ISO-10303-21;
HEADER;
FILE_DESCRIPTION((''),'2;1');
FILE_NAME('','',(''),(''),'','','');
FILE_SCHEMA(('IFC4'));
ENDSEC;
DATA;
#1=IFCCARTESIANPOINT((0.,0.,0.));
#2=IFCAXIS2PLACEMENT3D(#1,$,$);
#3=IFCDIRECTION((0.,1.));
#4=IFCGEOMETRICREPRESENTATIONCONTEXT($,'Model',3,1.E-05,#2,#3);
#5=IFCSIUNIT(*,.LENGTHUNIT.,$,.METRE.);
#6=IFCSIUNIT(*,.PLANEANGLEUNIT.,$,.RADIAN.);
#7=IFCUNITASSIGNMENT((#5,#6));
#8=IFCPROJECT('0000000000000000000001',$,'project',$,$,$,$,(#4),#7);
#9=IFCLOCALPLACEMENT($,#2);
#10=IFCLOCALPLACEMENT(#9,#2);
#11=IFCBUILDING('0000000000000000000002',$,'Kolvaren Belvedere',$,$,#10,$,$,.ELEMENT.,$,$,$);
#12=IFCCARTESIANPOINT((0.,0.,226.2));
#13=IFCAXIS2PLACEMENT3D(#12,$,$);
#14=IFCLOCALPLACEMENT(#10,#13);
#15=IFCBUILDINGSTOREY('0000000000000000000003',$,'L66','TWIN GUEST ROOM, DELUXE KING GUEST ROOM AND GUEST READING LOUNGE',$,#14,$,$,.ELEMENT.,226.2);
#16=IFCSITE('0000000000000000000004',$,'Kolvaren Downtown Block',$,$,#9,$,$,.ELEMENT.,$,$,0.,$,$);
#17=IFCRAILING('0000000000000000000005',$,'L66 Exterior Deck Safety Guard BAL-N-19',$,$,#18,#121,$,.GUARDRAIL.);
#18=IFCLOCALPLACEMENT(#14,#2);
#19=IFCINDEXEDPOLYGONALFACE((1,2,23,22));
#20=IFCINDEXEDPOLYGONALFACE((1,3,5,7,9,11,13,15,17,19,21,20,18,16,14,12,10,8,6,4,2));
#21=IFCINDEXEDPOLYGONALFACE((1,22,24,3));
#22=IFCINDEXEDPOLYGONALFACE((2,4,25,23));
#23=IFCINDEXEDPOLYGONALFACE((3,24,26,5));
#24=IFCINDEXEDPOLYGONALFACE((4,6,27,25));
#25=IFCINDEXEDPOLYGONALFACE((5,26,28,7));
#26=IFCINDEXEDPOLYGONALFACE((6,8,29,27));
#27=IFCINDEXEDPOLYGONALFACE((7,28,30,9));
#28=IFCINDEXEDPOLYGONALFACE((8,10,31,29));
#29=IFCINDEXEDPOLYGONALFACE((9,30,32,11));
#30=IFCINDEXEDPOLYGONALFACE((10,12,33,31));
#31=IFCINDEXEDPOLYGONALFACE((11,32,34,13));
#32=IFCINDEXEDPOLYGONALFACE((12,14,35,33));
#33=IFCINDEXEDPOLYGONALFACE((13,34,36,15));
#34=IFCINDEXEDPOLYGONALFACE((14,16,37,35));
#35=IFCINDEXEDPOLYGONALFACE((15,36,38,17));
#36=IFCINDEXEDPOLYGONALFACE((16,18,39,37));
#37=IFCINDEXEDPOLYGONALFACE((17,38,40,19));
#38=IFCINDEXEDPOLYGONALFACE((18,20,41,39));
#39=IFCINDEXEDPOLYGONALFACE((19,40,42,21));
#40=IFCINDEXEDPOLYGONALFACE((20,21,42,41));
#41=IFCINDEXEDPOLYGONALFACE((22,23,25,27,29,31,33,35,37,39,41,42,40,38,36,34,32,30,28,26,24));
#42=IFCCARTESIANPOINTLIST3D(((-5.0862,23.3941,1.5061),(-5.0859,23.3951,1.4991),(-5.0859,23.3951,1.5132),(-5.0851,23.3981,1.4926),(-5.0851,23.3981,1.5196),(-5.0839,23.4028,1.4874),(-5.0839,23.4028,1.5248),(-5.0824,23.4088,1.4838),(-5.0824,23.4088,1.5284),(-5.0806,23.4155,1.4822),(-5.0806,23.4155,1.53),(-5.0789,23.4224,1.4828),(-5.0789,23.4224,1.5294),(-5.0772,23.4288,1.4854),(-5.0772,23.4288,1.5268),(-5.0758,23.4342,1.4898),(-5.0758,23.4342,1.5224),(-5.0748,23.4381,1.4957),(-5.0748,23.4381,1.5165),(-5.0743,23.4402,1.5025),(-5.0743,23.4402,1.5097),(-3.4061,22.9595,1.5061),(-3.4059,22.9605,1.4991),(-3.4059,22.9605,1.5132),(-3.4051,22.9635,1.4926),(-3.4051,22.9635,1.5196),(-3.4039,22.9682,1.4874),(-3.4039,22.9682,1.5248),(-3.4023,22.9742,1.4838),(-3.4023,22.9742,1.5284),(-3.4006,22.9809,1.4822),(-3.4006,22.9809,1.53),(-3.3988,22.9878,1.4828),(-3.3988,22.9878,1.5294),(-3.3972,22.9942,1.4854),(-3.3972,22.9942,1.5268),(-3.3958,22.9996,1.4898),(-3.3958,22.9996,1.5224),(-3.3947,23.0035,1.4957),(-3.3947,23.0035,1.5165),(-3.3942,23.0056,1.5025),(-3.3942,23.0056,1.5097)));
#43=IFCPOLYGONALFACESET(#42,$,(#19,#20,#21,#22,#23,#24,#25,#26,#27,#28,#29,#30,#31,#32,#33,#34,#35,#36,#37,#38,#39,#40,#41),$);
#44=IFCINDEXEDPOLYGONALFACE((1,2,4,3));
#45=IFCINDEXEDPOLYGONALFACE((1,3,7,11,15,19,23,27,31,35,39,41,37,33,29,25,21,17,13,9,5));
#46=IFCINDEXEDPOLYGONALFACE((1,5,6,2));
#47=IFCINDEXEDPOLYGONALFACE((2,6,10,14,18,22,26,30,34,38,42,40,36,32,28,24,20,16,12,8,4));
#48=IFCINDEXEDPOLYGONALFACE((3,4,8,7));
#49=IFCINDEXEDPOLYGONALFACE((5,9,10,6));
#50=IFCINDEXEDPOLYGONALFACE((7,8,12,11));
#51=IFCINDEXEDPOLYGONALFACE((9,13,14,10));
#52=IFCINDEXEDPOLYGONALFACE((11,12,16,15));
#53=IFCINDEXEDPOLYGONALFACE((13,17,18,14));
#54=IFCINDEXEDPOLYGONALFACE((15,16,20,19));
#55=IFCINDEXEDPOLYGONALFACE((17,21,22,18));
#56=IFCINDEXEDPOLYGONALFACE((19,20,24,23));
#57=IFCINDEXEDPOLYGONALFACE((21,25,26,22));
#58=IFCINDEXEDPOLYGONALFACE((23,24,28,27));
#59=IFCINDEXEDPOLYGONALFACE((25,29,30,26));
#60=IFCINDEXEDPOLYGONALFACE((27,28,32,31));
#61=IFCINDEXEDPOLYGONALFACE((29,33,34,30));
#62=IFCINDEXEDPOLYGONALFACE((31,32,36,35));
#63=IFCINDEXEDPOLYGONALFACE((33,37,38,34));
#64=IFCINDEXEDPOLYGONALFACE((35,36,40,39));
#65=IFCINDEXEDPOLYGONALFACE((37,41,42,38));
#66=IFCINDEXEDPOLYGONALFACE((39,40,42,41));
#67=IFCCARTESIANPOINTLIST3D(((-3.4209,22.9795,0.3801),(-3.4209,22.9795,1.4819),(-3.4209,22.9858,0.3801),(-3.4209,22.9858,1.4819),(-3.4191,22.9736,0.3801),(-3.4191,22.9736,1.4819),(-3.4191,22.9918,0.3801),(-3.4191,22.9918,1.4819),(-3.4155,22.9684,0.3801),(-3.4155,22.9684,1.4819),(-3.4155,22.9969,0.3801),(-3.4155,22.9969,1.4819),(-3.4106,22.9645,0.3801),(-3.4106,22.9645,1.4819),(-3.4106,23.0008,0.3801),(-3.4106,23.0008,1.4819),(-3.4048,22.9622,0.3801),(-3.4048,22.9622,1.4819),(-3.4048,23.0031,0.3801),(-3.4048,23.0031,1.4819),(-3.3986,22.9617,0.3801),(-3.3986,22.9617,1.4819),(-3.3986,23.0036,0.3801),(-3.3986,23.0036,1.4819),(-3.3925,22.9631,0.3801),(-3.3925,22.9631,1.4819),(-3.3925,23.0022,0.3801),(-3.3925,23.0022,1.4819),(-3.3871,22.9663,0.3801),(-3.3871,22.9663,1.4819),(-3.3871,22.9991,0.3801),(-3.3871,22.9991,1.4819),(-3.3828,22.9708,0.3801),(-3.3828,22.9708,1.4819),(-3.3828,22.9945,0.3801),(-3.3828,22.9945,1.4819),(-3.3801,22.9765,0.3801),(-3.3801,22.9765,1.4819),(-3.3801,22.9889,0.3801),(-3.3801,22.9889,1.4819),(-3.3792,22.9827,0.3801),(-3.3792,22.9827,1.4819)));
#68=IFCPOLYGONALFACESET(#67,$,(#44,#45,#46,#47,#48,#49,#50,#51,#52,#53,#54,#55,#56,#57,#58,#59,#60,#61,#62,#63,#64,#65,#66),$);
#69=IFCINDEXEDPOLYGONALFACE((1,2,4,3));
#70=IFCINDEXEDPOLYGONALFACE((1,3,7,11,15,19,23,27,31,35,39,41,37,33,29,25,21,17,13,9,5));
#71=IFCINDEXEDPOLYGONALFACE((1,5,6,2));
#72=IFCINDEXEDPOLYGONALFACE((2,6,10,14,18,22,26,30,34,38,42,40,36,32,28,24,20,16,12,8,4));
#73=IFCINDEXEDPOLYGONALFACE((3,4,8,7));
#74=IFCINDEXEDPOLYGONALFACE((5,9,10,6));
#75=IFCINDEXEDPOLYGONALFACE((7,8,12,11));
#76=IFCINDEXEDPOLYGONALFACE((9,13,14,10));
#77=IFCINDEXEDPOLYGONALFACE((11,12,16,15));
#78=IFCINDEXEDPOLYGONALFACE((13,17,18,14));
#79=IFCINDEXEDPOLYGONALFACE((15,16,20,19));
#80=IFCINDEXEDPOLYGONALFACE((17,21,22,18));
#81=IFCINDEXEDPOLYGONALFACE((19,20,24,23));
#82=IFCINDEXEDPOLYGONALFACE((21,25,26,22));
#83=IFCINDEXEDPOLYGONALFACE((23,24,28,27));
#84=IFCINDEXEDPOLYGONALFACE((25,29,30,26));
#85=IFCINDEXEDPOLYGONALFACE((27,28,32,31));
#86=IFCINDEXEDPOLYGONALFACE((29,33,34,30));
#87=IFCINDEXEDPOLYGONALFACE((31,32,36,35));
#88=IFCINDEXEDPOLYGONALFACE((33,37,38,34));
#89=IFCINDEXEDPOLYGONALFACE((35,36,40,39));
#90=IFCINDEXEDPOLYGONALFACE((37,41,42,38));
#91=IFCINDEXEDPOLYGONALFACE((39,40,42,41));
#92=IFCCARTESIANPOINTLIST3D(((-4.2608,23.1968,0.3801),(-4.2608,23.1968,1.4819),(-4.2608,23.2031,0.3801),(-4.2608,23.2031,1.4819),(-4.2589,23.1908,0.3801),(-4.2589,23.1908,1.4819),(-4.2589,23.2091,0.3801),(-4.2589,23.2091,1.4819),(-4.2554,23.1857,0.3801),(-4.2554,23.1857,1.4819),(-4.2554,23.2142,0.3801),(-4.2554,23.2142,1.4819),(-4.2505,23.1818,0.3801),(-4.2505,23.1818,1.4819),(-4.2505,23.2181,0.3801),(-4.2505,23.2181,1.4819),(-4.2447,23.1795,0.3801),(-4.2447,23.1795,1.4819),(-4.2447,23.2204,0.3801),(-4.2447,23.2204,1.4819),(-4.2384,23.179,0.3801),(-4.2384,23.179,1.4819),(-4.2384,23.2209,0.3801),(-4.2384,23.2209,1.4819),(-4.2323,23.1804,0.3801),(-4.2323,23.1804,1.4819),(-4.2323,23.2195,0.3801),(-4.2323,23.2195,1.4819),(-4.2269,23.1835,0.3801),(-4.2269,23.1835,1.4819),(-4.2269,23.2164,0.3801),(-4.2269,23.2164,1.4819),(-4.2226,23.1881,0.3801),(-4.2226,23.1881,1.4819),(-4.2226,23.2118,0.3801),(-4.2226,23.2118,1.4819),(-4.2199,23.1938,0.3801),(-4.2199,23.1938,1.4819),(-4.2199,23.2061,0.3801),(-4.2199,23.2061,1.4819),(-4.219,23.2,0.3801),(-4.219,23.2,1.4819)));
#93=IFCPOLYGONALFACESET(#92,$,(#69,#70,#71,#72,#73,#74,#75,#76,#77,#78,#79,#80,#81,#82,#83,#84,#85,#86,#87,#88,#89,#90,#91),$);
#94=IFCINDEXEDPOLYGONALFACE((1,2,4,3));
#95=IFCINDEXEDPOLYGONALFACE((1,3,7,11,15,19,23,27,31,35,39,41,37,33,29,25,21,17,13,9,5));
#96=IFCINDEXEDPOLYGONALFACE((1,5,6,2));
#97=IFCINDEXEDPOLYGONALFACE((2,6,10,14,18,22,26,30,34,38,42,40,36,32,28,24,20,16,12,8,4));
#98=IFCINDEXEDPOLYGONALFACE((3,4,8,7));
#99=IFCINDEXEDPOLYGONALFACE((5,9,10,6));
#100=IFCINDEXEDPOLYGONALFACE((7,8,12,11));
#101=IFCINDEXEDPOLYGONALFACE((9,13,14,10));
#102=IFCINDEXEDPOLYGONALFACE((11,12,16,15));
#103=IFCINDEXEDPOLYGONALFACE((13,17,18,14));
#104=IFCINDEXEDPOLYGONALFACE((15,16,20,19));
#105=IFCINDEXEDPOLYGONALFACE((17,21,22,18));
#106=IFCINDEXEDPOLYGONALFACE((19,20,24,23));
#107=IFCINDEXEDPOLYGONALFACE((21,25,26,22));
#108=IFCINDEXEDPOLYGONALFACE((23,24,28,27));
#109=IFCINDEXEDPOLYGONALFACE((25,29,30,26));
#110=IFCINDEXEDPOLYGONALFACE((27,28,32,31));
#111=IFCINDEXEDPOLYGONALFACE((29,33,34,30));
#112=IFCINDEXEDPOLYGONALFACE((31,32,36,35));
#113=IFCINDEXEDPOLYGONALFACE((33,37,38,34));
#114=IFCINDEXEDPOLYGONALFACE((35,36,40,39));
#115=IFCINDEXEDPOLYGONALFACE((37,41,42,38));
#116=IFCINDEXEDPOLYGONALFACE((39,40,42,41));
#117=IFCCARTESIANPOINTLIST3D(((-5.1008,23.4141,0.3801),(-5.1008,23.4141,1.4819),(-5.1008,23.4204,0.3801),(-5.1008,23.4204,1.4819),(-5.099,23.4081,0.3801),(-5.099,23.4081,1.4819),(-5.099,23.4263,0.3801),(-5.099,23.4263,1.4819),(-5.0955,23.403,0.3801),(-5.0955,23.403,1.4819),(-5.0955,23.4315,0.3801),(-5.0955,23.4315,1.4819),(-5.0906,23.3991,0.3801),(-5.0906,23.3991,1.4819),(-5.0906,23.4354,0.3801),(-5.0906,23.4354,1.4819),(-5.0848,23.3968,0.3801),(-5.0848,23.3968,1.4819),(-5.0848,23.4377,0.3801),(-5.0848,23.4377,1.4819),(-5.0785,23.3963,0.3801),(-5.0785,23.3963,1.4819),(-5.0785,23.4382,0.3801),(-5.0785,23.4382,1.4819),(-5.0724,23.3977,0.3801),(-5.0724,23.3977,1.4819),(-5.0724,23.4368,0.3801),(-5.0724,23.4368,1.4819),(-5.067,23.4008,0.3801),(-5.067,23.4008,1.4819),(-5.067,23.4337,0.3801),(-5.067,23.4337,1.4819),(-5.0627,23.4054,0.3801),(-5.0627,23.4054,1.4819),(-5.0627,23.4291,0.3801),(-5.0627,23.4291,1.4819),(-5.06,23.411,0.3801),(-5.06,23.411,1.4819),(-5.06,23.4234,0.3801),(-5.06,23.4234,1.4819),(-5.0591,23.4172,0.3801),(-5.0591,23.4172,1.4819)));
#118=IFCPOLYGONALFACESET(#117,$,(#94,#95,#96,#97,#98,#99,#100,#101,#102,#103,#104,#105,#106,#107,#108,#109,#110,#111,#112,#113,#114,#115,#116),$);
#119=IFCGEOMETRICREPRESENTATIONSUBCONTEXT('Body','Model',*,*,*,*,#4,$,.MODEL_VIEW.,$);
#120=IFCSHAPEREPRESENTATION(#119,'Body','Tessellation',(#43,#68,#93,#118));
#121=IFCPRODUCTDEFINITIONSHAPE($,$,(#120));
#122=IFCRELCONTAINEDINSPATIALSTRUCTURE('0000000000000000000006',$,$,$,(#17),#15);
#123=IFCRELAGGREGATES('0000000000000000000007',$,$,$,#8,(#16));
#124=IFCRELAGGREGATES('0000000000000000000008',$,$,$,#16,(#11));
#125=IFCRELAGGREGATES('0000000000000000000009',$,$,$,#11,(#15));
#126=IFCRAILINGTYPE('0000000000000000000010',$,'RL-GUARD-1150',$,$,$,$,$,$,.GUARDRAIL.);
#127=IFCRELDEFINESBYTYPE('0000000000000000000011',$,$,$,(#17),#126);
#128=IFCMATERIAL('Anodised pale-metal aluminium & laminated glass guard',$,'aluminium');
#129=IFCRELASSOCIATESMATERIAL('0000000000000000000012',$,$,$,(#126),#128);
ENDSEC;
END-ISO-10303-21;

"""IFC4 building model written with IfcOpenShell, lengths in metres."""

from ifc_helpers import new_model, si_unit, direction, frame, origin, origin_2d, place, context, subcontext, project, spatial, circle, extrude, material, type_object, element, save


model = new_model("IFC4")

# Units and contexts
model_context = context("Model", 3, precision=1e-05, world=origin(), true_north=direction((0.0, 1.0)))
body_context = subcontext(model_context, "Body", "Model", "MODEL_VIEW")
ifc_project = project(units=[si_unit("LENGTHUNIT", "METRE"), si_unit("PLANEANGLEUNIT", "RADIAN")], contexts=[model_context])

# Site, building, storey
site_placement = place(None, origin())
site = spatial("IfcSite", under=ifc_project, at=site_placement, Name="Kolvaren Downtown Block", CompositionType="ELEMENT", RefElevation=0.0)
building_placement = place(site_placement, origin())
building = spatial("IfcBuilding", under=site, at=building_placement, Name="Kolvaren Belvedere", CompositionType="ELEMENT")
storey_placement = place(building_placement, frame((0.0, 0.0, 226.2)))
storey = spatial("IfcBuildingStorey", under=building, at=storey_placement, Name="L66", Description="TWIN GUEST ROOM, DELUXE KING GUEST ROOM AND GUEST READING LOUNGE", CompositionType="ELEMENT", Elevation=226.2)

# Railing
ifc_material_1 = material(Name="Anodised pale-metal aluminium & laminated glass guard", Category="aluminium")
railing_type = type_object("IfcRailingType", Name="RL-GUARD-1150", PredefinedType="GUARDRAIL", material=ifc_material_1)
railing_1_placement = place(storey_placement, frame((-3.4001, 22.9827, 0.3801)))
element("IfcRailing", 1, at=railing_1_placement, inside=storey, type_object=railing_type, Name="L66 Exterior Deck Safety Guard BAL-N-19", PredefinedType="GUARDRAIL", context=body_context, shape_type="SweptSolid", body=[
    extrude(circle(Radius=0.0239, at=origin_2d()), frame((0.0, 0.0, 1.126), z_axis=(-0.968132, 0.25044, 0.0), x_axis=(-0.25044, -0.968132, 0.0)), (0.0, 0.0, 1.0), 1.7354),
    extrude(circle(Radius=0.021, at=origin_2d()), origin(), (0.0, 0.0, 1.0), 1.1018),
    extrude(circle(Radius=0.021, at=origin_2d()), frame((-0.8398, 0.2173, 0.0)), (0.0, 0.0, 1.0), 1.1018),
    extrude(circle(Radius=0.021, at=origin_2d()), frame((-1.6799, 0.4346, 0.0)), (0.0, 0.0, 1.0), 1.1018),
])

save(model, "model.ifc")
